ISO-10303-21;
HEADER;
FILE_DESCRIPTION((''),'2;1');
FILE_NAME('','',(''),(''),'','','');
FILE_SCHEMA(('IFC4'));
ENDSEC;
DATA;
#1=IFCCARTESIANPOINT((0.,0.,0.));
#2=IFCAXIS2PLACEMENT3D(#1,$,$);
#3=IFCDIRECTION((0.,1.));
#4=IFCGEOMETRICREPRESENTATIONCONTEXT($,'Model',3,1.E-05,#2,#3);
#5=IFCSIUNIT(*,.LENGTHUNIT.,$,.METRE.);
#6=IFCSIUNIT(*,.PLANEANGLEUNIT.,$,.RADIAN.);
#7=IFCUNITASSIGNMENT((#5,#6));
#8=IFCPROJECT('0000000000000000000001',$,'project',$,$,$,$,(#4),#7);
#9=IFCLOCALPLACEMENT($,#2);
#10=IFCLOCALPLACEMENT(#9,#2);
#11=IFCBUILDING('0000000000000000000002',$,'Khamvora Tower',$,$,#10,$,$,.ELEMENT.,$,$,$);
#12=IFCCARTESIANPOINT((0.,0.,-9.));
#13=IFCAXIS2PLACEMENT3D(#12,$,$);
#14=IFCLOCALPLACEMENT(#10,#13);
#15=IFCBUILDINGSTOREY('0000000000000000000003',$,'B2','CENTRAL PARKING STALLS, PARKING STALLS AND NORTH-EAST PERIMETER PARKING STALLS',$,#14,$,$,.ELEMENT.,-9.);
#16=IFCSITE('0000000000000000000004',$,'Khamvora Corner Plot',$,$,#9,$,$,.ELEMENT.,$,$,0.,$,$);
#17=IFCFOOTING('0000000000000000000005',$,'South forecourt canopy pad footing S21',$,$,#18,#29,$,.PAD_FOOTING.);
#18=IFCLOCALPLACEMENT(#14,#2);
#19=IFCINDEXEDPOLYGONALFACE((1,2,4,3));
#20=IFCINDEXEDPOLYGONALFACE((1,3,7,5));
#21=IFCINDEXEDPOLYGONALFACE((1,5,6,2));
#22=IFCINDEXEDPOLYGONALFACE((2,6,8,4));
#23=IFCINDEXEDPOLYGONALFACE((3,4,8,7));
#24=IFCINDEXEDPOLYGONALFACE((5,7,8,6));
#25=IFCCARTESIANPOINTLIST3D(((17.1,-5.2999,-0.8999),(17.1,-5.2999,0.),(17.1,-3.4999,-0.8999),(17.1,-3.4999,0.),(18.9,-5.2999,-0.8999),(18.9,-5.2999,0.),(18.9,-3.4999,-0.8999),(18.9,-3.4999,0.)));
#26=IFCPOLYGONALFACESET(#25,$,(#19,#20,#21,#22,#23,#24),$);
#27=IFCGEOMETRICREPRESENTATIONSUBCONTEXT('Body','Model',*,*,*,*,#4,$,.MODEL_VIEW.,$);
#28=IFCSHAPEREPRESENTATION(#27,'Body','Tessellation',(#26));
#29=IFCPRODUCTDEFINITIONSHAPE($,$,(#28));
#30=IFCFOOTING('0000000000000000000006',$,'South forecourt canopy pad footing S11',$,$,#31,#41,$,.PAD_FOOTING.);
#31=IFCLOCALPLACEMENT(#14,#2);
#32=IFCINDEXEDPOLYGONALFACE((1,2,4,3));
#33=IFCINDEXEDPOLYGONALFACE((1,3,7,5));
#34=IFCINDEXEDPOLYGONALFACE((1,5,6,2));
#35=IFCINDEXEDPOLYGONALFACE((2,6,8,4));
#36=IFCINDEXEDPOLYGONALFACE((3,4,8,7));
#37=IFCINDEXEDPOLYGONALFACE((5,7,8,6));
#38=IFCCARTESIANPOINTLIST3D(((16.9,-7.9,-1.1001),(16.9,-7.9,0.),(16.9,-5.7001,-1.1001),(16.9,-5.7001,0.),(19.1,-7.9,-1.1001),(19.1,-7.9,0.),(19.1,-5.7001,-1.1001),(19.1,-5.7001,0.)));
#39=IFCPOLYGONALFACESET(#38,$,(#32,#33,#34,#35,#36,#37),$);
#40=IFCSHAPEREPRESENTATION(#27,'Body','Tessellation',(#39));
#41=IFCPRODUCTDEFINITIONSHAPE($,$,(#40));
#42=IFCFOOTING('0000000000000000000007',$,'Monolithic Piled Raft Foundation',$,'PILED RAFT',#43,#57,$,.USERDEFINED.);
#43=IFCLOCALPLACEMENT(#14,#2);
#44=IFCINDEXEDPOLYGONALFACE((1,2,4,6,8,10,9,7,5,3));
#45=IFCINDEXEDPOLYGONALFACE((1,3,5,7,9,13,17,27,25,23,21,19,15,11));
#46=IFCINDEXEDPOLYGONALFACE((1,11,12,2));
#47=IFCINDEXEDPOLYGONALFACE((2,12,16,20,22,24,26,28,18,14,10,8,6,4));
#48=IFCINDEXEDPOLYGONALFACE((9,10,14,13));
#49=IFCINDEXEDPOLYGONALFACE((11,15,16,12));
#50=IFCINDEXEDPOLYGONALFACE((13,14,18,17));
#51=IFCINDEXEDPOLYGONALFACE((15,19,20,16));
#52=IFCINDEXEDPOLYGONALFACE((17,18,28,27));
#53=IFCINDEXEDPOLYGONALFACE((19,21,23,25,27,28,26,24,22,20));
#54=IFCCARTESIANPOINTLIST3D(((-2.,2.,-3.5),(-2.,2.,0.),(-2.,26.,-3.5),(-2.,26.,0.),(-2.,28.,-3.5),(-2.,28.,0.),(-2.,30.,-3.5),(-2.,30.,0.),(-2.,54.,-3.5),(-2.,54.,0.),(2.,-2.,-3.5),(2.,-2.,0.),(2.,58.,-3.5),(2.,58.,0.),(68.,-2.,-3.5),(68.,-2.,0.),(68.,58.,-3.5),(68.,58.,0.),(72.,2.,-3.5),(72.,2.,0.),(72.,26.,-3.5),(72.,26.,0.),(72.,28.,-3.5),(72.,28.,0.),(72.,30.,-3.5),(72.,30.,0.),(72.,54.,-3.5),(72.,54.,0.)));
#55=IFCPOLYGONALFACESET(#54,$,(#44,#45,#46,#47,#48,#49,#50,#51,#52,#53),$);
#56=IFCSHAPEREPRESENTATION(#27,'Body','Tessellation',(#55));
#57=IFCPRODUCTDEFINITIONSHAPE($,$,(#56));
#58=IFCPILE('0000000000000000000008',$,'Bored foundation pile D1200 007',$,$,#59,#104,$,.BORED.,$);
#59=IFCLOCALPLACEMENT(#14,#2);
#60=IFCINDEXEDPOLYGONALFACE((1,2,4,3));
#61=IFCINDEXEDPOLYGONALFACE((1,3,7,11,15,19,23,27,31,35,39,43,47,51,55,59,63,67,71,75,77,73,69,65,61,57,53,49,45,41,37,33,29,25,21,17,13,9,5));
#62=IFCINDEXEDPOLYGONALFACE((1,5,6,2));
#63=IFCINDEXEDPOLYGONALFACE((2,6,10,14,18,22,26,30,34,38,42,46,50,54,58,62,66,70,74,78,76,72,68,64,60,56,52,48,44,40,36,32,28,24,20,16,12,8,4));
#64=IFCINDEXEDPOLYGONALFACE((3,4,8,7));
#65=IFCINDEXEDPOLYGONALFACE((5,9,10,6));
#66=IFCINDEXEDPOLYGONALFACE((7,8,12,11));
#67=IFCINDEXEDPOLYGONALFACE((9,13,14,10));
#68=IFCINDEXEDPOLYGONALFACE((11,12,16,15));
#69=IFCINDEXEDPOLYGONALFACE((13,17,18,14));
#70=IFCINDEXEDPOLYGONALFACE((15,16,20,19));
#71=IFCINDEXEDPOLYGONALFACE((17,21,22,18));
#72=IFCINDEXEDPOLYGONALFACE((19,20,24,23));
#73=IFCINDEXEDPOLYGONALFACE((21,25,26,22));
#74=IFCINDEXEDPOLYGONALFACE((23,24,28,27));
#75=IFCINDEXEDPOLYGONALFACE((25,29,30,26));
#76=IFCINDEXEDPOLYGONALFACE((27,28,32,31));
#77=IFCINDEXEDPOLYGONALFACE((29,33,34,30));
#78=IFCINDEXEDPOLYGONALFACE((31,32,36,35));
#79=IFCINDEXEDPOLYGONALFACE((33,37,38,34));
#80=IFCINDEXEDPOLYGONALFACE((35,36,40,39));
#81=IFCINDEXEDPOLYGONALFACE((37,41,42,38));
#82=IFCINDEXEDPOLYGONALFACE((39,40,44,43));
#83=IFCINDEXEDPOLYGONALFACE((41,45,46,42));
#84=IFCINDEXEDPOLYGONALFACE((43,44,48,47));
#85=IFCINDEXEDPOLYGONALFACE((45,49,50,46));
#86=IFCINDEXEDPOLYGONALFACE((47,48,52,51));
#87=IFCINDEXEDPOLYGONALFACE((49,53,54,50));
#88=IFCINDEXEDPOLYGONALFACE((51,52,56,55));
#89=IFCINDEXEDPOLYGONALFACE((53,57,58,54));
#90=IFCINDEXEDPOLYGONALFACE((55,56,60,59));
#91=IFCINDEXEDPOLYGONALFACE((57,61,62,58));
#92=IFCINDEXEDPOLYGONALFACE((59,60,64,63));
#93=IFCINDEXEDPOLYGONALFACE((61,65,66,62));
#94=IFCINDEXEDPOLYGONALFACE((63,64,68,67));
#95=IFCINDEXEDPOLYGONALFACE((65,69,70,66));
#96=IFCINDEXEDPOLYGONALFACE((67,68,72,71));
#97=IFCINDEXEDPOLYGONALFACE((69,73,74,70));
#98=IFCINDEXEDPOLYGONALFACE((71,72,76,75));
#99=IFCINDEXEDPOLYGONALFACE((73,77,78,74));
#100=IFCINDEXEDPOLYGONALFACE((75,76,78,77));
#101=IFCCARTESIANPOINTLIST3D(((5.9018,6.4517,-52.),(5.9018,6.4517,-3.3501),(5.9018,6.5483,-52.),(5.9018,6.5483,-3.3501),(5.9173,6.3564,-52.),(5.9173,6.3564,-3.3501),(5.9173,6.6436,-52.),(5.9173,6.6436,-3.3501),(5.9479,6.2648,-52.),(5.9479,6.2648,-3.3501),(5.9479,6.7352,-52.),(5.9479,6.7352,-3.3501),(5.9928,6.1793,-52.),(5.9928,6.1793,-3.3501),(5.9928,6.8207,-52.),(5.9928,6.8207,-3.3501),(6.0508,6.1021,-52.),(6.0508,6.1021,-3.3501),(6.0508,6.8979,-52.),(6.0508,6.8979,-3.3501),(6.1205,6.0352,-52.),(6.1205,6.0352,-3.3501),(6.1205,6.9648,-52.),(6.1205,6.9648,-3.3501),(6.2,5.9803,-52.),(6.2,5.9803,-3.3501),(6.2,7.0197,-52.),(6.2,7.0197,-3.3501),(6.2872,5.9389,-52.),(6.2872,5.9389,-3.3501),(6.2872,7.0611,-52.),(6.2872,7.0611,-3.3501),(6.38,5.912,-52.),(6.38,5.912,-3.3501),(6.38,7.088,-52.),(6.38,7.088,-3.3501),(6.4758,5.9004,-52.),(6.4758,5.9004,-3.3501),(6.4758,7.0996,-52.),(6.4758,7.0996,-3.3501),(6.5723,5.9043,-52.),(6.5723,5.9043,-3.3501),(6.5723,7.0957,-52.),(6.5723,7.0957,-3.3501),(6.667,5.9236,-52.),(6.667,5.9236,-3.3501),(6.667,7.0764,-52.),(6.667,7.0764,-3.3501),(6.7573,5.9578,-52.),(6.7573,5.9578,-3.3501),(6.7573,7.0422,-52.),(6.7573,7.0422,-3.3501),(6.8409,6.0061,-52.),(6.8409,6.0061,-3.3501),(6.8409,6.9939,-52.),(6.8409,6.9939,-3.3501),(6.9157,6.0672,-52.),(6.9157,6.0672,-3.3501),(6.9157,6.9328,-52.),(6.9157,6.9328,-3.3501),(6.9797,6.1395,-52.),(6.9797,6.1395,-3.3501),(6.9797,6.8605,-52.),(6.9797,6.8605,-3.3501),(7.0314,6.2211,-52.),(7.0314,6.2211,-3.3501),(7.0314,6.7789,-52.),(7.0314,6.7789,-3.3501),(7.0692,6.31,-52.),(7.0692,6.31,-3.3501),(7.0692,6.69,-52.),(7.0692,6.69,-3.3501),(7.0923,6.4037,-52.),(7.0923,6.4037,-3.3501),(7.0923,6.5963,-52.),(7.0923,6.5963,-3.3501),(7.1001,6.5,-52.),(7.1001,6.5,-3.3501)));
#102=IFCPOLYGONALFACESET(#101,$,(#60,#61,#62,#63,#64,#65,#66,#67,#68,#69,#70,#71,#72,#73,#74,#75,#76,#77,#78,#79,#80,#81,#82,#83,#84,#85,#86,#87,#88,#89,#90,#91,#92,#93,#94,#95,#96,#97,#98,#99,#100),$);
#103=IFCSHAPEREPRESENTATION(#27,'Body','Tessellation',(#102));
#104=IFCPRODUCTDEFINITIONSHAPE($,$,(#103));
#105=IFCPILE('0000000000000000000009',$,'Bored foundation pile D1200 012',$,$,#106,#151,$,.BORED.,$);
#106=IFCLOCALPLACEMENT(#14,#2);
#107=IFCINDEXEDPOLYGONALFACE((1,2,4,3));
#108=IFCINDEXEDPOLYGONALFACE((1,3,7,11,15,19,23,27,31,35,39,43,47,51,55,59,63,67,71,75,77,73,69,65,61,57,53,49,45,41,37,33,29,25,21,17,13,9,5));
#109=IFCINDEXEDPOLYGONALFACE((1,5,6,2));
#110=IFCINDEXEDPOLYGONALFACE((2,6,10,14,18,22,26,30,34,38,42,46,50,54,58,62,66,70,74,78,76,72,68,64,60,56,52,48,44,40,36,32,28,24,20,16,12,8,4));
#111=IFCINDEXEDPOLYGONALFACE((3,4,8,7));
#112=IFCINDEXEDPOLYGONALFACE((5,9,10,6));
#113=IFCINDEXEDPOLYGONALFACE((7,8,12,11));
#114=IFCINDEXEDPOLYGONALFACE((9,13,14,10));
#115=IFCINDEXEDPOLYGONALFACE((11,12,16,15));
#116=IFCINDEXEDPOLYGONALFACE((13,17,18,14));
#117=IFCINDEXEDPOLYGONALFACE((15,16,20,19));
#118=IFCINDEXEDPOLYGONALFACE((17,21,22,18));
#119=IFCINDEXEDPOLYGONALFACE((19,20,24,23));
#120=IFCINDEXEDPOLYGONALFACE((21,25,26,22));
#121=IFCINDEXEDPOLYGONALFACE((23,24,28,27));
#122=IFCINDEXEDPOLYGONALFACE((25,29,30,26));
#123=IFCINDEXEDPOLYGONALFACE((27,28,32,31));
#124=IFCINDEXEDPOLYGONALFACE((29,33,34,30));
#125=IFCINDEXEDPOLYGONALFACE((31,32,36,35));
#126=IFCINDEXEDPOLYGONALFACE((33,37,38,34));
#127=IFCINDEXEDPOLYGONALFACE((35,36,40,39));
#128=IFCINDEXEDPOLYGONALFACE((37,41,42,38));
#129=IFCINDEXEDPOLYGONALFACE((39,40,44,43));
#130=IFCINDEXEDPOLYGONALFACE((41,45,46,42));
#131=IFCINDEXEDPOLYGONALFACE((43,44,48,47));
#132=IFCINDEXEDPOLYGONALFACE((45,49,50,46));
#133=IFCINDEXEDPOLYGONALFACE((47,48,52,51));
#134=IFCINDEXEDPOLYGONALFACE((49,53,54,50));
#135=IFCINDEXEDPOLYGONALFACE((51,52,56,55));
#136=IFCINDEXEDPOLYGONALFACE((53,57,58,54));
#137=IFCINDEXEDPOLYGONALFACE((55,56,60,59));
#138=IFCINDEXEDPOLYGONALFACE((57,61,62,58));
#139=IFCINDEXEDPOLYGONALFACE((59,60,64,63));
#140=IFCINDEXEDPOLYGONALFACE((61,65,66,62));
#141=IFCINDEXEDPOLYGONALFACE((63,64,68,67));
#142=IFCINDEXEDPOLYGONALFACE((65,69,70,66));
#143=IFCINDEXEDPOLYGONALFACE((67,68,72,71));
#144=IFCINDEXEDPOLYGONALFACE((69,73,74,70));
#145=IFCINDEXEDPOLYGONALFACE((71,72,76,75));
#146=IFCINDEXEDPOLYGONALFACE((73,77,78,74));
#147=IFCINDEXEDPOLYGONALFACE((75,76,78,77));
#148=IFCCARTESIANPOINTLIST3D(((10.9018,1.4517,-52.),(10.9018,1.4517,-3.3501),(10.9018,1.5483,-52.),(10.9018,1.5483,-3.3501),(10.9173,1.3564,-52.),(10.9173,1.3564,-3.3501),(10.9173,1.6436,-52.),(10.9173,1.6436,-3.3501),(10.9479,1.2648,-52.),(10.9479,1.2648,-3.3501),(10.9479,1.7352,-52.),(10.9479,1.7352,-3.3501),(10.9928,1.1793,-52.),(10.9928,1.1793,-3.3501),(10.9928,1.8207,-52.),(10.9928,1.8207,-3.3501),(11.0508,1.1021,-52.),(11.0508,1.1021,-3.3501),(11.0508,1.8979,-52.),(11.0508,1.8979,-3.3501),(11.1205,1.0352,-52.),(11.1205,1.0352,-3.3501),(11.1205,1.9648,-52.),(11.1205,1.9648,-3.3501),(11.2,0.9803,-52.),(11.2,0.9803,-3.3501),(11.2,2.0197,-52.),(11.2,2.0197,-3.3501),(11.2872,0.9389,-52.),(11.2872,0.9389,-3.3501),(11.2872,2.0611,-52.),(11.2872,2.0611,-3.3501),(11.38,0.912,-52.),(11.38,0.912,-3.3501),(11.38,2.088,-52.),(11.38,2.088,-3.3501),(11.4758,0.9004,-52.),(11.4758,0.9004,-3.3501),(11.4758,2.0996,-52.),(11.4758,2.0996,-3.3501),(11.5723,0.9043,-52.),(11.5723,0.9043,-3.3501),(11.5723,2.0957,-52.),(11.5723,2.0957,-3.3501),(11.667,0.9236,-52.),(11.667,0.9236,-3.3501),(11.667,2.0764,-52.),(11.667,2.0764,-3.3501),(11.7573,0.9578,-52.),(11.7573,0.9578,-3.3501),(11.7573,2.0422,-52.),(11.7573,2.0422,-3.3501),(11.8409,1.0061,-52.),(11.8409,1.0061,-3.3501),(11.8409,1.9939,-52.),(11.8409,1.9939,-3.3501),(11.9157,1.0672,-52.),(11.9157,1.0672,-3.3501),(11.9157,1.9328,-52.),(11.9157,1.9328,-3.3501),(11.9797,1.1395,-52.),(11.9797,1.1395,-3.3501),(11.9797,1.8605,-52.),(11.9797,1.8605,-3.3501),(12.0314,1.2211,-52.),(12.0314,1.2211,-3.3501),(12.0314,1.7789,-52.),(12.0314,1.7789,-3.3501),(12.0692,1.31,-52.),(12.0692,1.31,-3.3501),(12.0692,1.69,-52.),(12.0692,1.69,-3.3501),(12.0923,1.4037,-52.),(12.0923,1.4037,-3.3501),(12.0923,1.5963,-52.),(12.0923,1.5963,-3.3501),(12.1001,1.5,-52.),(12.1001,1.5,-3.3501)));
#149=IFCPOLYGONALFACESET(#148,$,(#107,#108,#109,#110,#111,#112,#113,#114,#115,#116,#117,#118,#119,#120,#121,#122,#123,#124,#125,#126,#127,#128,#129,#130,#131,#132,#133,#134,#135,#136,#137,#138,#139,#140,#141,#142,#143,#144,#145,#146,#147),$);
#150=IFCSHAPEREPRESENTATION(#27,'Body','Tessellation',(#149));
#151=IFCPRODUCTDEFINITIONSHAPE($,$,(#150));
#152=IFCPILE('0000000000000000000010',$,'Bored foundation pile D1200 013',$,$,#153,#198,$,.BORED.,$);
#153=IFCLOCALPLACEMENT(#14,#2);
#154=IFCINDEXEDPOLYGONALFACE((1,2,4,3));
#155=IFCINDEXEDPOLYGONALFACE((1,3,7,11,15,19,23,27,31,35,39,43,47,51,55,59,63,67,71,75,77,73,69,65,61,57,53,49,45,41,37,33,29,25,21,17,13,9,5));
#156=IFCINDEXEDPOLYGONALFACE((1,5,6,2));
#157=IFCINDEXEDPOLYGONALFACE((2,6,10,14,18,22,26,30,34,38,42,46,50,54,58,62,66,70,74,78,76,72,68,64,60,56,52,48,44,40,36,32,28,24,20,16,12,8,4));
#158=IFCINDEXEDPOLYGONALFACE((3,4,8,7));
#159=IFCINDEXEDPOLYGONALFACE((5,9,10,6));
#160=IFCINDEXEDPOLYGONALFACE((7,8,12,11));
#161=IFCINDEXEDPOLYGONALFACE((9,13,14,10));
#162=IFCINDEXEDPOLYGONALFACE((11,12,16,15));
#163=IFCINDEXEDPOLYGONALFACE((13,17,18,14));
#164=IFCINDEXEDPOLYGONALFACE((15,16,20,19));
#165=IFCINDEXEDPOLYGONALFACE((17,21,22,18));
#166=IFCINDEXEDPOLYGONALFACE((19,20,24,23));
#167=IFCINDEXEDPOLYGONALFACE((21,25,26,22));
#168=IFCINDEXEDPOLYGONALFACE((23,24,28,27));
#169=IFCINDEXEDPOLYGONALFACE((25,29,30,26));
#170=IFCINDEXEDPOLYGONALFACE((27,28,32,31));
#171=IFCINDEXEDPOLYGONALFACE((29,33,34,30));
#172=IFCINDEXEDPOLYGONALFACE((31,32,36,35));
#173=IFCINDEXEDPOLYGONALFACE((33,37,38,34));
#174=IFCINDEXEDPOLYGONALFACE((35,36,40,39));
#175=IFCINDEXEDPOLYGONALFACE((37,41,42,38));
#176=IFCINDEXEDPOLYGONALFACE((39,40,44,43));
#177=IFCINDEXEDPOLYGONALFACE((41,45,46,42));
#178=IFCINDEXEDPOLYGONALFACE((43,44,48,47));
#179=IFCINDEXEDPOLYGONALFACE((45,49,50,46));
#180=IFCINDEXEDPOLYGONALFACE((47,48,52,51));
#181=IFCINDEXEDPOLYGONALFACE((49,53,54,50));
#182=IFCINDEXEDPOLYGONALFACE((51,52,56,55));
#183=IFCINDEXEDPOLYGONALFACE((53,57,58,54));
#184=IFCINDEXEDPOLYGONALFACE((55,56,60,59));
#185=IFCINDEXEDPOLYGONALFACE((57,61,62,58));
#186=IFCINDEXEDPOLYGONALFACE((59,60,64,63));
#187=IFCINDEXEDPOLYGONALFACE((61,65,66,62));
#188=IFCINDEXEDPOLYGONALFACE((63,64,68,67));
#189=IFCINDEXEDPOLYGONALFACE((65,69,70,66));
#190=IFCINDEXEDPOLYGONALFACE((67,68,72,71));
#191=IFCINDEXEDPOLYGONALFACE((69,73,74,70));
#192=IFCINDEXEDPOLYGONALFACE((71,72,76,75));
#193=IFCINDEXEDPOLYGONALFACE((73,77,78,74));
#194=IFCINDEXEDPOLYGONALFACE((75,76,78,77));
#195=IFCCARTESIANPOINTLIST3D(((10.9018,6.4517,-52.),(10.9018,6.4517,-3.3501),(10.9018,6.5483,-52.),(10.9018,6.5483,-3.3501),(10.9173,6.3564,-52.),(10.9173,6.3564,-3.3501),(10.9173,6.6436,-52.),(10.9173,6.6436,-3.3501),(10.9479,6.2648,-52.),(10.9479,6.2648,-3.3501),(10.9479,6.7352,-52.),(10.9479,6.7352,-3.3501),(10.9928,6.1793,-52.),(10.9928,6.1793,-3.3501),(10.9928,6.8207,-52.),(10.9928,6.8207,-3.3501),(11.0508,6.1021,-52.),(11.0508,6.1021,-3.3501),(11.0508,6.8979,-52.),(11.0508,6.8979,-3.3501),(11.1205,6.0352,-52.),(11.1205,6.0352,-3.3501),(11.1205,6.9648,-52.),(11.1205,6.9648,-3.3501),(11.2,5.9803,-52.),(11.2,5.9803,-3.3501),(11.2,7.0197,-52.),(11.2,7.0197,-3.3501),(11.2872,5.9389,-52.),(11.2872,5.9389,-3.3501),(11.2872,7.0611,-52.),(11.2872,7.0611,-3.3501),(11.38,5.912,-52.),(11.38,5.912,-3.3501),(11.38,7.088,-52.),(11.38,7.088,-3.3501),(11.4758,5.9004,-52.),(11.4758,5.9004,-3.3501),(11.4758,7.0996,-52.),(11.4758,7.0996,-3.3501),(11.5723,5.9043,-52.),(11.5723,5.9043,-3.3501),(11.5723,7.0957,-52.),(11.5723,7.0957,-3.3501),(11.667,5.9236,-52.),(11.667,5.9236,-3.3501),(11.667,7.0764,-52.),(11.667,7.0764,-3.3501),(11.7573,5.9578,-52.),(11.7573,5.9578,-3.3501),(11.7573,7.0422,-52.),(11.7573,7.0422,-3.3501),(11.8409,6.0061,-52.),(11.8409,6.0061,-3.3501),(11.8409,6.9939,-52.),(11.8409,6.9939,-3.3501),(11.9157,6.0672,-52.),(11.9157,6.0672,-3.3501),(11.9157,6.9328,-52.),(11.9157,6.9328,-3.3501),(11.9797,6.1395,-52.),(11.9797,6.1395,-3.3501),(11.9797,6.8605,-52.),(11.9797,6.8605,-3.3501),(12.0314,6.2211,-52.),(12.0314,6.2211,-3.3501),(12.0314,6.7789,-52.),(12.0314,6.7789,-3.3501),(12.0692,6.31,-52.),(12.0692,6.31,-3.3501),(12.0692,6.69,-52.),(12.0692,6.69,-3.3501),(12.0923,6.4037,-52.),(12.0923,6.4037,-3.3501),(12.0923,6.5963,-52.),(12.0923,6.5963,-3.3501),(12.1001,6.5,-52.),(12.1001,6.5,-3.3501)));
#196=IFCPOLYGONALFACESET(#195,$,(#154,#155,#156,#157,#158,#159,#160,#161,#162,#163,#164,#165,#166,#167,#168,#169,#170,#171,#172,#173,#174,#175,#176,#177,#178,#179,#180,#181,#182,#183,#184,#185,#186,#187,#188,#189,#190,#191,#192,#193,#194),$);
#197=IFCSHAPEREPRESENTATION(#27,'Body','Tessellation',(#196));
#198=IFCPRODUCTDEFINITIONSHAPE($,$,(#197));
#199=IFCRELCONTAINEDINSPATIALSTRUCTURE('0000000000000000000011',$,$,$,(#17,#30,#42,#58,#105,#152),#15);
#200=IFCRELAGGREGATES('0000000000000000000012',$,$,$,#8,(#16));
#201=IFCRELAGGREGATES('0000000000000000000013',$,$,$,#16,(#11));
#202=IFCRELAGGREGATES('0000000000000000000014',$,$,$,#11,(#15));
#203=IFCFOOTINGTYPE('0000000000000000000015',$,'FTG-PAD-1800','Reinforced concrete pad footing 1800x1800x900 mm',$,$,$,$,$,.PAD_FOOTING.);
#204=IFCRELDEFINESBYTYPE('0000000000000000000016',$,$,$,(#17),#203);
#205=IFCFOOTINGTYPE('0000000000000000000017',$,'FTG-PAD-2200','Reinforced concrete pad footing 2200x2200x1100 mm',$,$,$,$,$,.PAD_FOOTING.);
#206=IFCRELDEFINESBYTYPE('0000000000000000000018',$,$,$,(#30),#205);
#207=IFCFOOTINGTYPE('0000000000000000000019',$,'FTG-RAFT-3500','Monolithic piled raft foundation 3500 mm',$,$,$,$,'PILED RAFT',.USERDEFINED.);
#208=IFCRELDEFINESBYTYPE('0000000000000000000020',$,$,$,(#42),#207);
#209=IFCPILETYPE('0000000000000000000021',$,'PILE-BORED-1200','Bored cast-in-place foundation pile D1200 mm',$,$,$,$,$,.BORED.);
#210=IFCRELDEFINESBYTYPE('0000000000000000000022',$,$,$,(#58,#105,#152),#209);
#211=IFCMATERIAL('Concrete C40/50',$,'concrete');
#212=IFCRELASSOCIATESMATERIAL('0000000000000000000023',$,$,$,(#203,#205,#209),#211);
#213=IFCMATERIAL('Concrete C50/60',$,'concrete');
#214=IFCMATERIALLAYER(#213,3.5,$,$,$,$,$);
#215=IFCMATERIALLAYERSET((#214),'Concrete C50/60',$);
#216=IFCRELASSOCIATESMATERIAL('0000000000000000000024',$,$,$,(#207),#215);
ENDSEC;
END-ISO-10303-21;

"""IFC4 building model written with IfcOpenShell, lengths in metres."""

from ifc_helpers import new_model, si_unit, direction, frame, origin, origin_2d, place, context, subcontext, project, spatial, polyline, rectangle, circle, outline, extrude, material, layer, layer_set, material_profile, profile_set, type_object, element, save


model = new_model("IFC4")

# Units and contexts
model_context = context("Model", 3, precision=1e-05, world=origin(), true_north=direction((0.0, 1.0)))
body_context = subcontext(model_context, "Body", "Model", "MODEL_VIEW")
ifc_project = project(units=[si_unit("LENGTHUNIT", "METRE"), si_unit("PLANEANGLEUNIT", "RADIAN")], contexts=[model_context])

# Site, building, storey
site_placement = place(None, origin())
site = spatial("IfcSite", under=ifc_project, at=site_placement, Name="Khamvora Corner Plot", CompositionType="ELEMENT", RefElevation=0.0)
building_placement = place(site_placement, origin())
building = spatial("IfcBuilding", under=site, at=building_placement, Name="Khamvora Tower", CompositionType="ELEMENT")
storey_placement = place(building_placement, frame((0.0, 0.0, -9.0)))
storey = spatial("IfcBuildingStorey", under=building, at=storey_placement, Name="B2", Description="CENTRAL PARKING STALLS, PARKING STALLS AND NORTH-EAST PERIMETER PARKING STALLS", CompositionType="ELEMENT", Elevation=-9.0)

# Footings
ifc_material_1 = material(Name="Concrete C40/50", Category="concrete")
footing_type_1 = type_object("IfcFootingType", Name="FTG-PAD-1800", Description="Reinforced concrete pad footing 1800x1800x900 mm", PredefinedType="PAD_FOOTING", material=ifc_material_1)
footing_1_placement = place(storey_placement, frame((18.0, -4.3999, -0.8999), z_axis=(0.0, 0.0, 1.0), x_axis=(1.0, 0.0, 0.0)))
element("IfcFooting", 1, at=footing_1_placement, inside=storey, type_object=footing_type_1, Name="South forecourt canopy pad footing S21", PredefinedType="PAD_FOOTING", context=body_context, shape_type="SweptSolid", body=[
    extrude(rectangle(XDim=1.8, YDim=1.8, at=origin_2d()), origin(), (0.0, 0.0, 1.0), 0.8999),
])
footing_type_2 = type_object("IfcFootingType", Name="FTG-PAD-2200", Description="Reinforced concrete pad footing 2200x2200x1100 mm", PredefinedType="PAD_FOOTING", material=ifc_material_1)
footing_2_placement = place(storey_placement, frame((18.0, -6.8, -1.1001), z_axis=(0.0, 0.0, 1.0), x_axis=(1.0, 0.0, 0.0)))
element("IfcFooting", 2, at=footing_2_placement, inside=storey, type_object=footing_type_2, Name="South forecourt canopy pad footing S11", PredefinedType="PAD_FOOTING", context=body_context, shape_type="SweptSolid", body=[
    extrude(rectangle(XDim=2.2, YDim=2.2, at=origin_2d()), origin(), (0.0, 0.0, 1.0), 1.1001),
])
ifc_material_2 = material(Name="Concrete C50/60", Category="concrete")
ifc_layer_1 = layer(ifc_material_2, 3.5)
ifc_layer_set_1 = layer_set([ifc_layer_1], Name="Concrete C50/60")
footing_type_3 = type_object("IfcFootingType", Name="FTG-RAFT-3500", Description="Monolithic piled raft foundation 3500 mm", ElementType="PILED RAFT", PredefinedType="USERDEFINED", material=ifc_layer_set_1)
footing_3_placement = place(storey_placement, frame((0.0, 0.0, -3.5)))
element("IfcFooting", 3, at=footing_3_placement, inside=storey, type_object=footing_type_3, Name="Monolithic Piled Raft Foundation", ObjectType="PILED RAFT", PredefinedType="USERDEFINED", context=body_context, shape_type="SweptSolid", body=[
    extrude(outline(polyline([(2.0, -2.0), (68.0, -2.0), (72.0, 2.0), (72.0, 26.0), (72.0, 28.0), (72.0, 30.0), (72.0, 54.0), (68.0, 58.0), (2.0, 58.0), (-2.0, 54.0), (-2.0, 30.0), (-2.0, 28.0), (-2.0, 26.0), (-2.0, 2.0), (2.0, -2.0)])), origin(), (0.0, 0.0, 1.0), 3.5),
])

# Piles
ifc_material_profile_1 = material_profile(ifc_material_1, circle(Radius=0.6001, at=origin_2d()), Name="PILE_D1200")
ifc_profile_set_1 = profile_set([ifc_material_profile_1], Name="Concrete C40/50")
pile_type_1 = type_object("IfcPileType", Name="PILE-BORED-1200", Description="Bored cast-in-place foundation pile D1200 mm", PredefinedType="BORED", material=ifc_profile_set_1)
for number, where, z_axis, x_axis, name in (
    (4, (6.5, 6.5, -3.3501), (0.0, 0.0, -1.0), (1.0, 0.0, 0.0), "Bored foundation pile D1200 007"),
    (5, (11.5, 1.5, -3.3501), (0.0, 0.0, -1.0), (1.0, 0.0, 0.0), "Bored foundation pile D1200 012"),
    (6, (11.5, 6.5, -3.3501), (0.0, 0.0, -1.0), (1.0, 0.0, 0.0), "Bored foundation pile D1200 013"),
):
    element("IfcPile", number, at=place(storey_placement, frame(where, z_axis=z_axis, x_axis=x_axis)), inside=storey, type_object=pile_type_1, Name=name, PredefinedType="BORED", context=body_context, shape_type="SweptSolid", body=[
        extrude(circle(Radius=0.6001, at=origin_2d()), origin(), (0.0, 0.0, 1.0), 48.6499),
    ])

save(model, "model.ifc")
